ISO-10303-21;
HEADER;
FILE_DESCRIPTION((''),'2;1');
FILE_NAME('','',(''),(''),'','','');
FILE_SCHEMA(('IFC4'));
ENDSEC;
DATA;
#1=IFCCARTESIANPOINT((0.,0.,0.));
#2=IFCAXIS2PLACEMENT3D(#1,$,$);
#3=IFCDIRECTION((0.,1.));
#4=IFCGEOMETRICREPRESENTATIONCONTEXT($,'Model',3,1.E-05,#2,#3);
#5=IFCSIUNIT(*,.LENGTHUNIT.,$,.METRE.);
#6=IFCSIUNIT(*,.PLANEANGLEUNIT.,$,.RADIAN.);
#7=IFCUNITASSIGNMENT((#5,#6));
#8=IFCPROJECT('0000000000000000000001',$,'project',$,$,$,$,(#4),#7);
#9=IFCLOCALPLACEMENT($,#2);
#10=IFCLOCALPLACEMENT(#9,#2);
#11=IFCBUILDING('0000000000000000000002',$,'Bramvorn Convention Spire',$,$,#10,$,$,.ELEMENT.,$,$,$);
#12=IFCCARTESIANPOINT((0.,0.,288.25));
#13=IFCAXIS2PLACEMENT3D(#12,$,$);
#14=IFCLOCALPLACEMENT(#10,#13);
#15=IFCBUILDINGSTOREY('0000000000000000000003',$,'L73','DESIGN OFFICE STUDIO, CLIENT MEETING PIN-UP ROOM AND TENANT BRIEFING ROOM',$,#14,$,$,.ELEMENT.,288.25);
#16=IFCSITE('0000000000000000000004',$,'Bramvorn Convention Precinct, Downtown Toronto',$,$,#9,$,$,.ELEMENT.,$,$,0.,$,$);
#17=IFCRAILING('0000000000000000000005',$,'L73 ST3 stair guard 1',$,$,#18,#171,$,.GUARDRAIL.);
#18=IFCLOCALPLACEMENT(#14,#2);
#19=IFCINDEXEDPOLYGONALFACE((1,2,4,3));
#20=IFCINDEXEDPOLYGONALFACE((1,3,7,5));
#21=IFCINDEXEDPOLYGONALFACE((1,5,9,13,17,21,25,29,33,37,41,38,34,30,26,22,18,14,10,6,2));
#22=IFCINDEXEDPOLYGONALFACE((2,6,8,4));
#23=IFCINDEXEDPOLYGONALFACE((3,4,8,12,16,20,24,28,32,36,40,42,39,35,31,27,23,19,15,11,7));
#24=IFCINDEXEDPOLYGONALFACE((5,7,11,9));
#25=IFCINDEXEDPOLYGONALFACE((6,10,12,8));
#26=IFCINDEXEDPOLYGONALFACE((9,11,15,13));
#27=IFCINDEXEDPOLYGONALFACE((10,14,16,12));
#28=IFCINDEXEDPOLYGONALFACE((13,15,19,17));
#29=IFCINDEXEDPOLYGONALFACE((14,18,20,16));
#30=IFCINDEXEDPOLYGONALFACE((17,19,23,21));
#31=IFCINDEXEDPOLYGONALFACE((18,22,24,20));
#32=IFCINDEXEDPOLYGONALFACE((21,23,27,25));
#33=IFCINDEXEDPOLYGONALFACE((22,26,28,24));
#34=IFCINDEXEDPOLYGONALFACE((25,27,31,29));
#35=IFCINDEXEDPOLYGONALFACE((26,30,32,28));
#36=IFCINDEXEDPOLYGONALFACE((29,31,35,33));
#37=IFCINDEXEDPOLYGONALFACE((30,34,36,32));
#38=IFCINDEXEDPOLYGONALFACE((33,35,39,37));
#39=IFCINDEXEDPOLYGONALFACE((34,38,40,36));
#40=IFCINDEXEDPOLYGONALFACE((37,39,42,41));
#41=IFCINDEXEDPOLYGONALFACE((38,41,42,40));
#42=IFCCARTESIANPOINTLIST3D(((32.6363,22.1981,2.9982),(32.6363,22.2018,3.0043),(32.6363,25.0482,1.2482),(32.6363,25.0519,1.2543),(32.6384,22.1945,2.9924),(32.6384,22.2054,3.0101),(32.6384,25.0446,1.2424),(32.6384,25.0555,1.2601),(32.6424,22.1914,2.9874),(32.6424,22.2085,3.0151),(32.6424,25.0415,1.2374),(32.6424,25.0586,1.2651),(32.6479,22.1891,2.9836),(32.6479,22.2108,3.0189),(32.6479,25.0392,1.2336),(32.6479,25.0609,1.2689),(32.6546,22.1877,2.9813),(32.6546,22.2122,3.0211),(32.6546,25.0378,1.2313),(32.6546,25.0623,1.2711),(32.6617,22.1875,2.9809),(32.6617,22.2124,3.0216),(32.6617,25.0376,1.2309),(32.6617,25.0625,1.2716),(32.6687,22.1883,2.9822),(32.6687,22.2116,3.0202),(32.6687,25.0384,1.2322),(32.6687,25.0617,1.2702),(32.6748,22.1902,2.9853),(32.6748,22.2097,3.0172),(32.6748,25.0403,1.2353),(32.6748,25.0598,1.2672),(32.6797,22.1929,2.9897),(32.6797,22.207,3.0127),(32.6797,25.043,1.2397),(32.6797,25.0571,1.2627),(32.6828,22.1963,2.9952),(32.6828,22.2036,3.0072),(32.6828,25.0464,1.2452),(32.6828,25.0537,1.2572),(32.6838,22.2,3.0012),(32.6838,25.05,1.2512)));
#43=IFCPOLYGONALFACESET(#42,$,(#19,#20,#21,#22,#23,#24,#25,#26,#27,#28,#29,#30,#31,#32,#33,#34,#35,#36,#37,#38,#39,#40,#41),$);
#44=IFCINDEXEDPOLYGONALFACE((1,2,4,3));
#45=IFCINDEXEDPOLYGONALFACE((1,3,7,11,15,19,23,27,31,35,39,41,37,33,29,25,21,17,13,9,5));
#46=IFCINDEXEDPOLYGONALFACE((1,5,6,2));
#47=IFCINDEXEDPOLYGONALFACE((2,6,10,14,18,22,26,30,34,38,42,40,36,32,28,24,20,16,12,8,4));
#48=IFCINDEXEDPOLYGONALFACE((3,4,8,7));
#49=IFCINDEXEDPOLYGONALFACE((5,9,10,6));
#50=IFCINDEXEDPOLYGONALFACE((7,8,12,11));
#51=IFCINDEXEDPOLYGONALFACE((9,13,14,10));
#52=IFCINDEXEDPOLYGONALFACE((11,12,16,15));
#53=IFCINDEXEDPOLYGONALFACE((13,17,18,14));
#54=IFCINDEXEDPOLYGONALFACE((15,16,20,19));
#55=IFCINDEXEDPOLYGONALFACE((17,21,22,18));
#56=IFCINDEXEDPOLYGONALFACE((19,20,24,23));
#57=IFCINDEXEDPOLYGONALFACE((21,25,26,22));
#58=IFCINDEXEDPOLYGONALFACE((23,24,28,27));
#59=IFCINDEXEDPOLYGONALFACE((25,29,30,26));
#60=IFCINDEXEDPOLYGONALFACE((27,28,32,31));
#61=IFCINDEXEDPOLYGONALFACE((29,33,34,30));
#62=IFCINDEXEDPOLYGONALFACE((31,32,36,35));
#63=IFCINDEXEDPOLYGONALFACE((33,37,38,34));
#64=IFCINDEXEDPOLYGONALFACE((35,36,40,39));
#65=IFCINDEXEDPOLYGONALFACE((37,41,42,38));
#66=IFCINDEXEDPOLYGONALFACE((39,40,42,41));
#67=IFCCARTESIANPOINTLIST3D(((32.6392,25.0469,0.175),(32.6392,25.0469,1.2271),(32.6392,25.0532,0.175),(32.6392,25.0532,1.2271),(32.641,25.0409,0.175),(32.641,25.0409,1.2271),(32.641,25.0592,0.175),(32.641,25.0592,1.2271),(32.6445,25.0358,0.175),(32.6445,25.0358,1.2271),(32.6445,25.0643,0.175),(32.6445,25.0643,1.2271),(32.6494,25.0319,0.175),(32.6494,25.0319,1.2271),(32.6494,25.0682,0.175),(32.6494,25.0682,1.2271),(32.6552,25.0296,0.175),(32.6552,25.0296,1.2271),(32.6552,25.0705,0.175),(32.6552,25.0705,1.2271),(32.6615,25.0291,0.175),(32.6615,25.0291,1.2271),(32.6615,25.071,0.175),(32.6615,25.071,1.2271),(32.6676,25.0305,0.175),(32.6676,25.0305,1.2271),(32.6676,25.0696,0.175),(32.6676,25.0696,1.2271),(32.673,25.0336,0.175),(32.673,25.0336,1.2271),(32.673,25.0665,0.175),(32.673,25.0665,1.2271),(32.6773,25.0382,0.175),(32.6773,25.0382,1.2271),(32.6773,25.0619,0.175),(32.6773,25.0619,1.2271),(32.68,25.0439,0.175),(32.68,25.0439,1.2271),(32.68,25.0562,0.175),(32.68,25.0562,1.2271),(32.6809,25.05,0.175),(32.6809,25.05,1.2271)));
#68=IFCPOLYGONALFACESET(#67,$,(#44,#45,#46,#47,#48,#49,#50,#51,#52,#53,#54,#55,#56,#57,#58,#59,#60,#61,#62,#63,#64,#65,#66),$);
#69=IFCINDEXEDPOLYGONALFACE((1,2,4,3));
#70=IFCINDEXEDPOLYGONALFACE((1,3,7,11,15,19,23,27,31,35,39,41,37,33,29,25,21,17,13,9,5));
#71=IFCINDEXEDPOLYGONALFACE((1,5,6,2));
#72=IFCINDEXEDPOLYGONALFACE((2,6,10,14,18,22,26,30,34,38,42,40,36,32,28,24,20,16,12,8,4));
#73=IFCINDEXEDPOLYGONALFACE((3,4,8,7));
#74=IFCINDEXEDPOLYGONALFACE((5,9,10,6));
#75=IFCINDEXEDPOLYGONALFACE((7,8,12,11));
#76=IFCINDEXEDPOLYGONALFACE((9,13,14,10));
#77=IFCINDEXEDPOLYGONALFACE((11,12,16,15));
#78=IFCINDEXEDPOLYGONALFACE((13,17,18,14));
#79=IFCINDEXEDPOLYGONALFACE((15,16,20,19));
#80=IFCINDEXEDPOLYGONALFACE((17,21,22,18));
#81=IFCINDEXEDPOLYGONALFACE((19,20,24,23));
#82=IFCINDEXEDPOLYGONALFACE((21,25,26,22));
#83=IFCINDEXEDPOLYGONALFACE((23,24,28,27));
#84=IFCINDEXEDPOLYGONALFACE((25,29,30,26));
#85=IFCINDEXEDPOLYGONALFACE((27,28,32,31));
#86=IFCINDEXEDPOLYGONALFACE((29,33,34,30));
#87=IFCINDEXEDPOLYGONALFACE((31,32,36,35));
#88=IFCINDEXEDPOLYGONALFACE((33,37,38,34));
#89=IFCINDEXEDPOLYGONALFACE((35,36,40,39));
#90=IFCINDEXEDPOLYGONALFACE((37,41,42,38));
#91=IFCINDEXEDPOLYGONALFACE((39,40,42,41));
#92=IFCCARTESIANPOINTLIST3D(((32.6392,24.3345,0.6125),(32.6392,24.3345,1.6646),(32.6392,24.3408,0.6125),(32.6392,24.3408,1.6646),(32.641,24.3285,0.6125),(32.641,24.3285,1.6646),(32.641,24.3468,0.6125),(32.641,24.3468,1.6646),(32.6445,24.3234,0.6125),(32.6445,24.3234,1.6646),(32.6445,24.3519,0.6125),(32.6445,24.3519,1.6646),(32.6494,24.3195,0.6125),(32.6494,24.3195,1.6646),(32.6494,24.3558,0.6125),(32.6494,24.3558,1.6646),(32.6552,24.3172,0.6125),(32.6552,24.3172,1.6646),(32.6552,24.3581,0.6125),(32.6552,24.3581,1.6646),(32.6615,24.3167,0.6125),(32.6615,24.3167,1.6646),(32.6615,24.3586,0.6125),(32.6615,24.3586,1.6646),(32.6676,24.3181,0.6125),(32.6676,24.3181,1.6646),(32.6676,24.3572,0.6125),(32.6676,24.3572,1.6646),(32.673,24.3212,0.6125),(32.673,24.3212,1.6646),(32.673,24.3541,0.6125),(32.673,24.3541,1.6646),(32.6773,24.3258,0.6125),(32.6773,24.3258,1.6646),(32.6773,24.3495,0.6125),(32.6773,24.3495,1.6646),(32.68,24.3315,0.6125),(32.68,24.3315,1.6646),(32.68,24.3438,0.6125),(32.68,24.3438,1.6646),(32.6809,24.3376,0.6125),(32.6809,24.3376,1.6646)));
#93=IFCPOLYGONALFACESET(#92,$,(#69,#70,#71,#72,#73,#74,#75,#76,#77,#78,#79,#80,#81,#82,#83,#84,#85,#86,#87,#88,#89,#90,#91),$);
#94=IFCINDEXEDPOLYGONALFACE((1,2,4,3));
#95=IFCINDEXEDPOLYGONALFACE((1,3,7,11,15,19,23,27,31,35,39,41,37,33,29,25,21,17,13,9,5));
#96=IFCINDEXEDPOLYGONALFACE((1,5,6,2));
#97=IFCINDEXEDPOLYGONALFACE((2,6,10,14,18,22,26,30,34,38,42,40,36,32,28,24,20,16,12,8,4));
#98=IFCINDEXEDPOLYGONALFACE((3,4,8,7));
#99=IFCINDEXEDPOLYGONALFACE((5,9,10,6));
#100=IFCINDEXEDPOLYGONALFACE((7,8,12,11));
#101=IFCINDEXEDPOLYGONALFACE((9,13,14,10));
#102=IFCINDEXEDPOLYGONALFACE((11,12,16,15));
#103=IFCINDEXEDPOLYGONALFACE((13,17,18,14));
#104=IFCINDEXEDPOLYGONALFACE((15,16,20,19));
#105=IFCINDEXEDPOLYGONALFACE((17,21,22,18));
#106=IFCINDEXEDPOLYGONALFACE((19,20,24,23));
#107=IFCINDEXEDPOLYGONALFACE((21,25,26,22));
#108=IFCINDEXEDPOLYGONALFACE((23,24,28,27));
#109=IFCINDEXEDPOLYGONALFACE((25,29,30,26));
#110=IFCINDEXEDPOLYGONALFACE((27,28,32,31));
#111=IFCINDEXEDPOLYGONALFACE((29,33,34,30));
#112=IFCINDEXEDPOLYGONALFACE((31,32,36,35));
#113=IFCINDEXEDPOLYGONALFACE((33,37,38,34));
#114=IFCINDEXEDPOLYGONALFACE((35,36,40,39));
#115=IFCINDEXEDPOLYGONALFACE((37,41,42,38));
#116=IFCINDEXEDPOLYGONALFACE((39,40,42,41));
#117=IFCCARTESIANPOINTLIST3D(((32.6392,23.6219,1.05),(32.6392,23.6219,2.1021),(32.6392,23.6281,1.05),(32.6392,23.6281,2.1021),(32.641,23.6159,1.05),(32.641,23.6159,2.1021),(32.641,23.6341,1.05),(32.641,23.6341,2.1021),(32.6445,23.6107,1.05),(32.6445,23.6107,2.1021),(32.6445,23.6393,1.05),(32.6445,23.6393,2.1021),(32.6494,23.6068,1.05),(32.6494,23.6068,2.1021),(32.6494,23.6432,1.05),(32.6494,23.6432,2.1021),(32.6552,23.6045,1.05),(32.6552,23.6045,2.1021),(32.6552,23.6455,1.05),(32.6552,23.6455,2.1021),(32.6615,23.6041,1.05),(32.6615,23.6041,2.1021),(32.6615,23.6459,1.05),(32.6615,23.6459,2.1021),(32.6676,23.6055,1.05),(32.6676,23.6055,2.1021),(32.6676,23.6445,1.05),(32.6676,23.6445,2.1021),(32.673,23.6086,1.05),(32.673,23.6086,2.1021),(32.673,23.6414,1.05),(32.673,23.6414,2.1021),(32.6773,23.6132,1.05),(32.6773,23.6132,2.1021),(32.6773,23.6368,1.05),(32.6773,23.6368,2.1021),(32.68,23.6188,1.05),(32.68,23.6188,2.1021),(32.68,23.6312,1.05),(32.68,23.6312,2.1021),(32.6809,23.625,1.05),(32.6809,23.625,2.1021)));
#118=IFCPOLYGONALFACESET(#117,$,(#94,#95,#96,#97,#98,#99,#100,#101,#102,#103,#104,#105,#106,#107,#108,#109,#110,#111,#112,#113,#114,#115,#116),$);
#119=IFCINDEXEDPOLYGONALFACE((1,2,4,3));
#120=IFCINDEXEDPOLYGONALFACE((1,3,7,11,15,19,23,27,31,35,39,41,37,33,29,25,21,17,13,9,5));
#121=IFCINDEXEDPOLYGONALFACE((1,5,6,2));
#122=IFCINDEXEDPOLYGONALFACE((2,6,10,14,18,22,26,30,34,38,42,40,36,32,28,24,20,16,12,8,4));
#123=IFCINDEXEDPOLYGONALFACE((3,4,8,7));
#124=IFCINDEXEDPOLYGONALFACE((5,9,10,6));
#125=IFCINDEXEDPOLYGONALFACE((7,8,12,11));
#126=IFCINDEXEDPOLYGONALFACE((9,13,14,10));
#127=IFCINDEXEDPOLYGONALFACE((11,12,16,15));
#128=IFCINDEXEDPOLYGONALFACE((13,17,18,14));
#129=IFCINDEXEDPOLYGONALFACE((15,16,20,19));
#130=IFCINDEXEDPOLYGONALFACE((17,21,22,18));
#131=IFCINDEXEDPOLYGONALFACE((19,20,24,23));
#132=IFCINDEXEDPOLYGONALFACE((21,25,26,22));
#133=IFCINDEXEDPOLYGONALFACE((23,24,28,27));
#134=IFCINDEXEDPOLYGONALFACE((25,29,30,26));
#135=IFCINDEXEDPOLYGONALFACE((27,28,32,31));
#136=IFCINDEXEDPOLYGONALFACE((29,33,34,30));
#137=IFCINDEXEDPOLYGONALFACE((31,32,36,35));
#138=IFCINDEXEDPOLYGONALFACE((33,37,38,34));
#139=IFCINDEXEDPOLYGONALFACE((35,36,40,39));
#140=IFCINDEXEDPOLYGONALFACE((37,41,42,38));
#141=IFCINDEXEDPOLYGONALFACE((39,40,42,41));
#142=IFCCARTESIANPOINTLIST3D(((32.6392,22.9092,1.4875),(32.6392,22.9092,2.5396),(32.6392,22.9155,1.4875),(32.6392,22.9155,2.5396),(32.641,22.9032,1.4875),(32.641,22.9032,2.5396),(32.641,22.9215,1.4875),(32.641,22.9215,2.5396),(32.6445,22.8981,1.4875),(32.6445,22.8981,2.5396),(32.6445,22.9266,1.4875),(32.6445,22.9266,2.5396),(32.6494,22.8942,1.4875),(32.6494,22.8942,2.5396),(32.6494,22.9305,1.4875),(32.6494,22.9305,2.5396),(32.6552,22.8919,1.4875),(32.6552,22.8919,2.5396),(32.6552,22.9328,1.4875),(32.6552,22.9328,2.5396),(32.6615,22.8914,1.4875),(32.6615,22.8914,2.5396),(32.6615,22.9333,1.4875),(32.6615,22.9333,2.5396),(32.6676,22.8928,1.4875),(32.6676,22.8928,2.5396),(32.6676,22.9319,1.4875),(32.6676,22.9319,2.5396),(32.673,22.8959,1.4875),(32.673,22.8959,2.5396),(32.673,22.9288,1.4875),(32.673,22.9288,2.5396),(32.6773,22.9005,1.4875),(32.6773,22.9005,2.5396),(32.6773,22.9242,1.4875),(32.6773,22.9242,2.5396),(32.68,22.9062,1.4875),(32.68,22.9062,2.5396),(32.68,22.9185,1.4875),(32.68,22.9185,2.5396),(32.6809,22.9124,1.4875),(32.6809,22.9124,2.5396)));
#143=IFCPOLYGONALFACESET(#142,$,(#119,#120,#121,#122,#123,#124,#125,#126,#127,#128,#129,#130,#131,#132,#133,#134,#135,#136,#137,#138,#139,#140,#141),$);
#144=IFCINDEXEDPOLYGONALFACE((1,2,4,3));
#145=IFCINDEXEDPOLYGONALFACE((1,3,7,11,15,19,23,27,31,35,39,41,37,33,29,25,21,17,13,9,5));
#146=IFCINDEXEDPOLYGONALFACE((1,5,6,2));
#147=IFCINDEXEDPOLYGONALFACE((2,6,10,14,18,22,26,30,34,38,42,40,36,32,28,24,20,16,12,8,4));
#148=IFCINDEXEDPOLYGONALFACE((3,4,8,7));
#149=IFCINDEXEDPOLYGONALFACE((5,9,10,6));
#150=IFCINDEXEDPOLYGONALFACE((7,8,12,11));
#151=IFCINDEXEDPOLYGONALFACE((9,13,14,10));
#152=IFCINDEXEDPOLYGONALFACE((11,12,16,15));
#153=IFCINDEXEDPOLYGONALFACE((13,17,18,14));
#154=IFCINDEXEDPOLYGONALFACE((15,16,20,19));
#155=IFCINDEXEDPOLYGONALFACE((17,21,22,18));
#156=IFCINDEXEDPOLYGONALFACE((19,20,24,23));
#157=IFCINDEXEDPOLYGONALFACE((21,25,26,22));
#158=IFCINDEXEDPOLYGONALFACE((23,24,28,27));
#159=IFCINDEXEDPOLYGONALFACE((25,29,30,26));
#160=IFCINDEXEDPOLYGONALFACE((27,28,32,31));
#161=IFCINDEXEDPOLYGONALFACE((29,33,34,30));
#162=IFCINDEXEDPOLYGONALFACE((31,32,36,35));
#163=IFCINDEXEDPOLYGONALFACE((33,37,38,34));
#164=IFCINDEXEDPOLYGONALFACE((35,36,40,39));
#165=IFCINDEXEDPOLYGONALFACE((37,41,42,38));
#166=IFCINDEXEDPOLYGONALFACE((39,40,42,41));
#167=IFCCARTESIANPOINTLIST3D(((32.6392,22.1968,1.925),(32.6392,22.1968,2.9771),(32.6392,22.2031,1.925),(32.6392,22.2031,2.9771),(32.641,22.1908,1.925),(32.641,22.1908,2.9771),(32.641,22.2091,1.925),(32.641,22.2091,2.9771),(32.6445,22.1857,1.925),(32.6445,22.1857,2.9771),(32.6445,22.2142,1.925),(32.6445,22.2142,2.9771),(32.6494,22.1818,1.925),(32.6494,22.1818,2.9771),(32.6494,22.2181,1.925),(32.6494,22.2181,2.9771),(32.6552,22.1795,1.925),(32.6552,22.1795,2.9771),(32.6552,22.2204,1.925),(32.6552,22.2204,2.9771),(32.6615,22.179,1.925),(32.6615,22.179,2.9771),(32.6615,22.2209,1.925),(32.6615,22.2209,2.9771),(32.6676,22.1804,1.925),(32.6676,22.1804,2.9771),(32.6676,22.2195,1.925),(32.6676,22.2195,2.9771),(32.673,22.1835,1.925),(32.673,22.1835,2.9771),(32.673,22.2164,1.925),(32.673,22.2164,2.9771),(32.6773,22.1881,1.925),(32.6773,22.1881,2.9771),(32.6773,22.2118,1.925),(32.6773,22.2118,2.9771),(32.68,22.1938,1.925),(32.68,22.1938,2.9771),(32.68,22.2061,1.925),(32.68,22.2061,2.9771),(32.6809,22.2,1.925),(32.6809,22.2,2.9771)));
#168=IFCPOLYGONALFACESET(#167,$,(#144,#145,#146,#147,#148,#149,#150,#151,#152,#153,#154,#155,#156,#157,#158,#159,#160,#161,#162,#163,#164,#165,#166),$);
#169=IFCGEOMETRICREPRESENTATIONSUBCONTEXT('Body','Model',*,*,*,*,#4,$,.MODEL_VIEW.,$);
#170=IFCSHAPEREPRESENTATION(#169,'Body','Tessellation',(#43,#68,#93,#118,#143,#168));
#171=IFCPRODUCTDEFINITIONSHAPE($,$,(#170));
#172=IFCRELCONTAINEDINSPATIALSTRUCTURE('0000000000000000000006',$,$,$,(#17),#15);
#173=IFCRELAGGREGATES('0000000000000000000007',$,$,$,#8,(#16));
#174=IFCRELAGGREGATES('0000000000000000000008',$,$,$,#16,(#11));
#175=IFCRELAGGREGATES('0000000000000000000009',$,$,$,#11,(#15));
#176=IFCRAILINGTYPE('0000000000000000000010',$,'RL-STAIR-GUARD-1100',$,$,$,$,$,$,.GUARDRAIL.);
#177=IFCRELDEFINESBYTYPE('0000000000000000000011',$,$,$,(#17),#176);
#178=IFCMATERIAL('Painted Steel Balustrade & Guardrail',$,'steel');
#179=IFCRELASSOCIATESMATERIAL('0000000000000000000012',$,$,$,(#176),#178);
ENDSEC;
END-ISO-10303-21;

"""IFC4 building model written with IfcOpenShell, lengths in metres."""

from ifc_helpers import new_model, si_unit, direction, frame, origin, origin_2d, place, context, subcontext, project, spatial, circle, extrude, material, type_object, element, save


model = new_model("IFC4")

# Units and contexts
model_context = context("Model", 3, precision=1e-05, world=origin(), true_north=direction((0.0, 1.0)))
body_context = subcontext(model_context, "Body", "Model", "MODEL_VIEW")
ifc_project = project(units=[si_unit("LENGTHUNIT", "METRE"), si_unit("PLANEANGLEUNIT", "RADIAN")], contexts=[model_context])

# Site, building, storey
site_placement = place(None, origin())
site = spatial("IfcSite", under=ifc_project, at=site_placement, Name="Bramvorn Convention Precinct, Downtown Toronto", CompositionType="ELEMENT", RefElevation=0.0)
building_placement = place(site_placement, origin())
building = spatial("IfcBuilding", under=site, at=building_placement, Name="Bramvorn Convention Spire", CompositionType="ELEMENT")
storey_placement = place(building_placement, frame((0.0, 0.0, 288.25)))
storey = spatial("IfcBuildingStorey", under=building, at=storey_placement, Name="L73", Description="DESIGN OFFICE STUDIO, CLIENT MEETING PIN-UP ROOM AND TENANT BRIEFING ROOM", CompositionType="ELEMENT", Elevation=288.25)

# Railing
ifc_material_1 = material(Name="Painted Steel Balustrade & Guardrail", Category="steel")
railing_type_1 = type_object("IfcRailingType", Name="RL-STAIR-GUARD-1100", PredefinedType="GUARDRAIL", material=ifc_material_1)
railing_1_placement = place(storey_placement, frame((32.6599, 25.05, 0.175)))
element("IfcRailing", 1, at=railing_1_placement, inside=storey, type_object=railing_type_1, Name="L73 ST3 stair guard 1", PredefinedType="GUARDRAIL", context=body_context, shape_type="SweptSolid", body=[
    extrude(circle(Radius=0.0239, at=origin_2d()), frame((0.0, 0.0, 1.0762), z_axis=(0.0, -0.852179, 0.52325), x_axis=(1.0, 0.0, 0.0)), (0.0, 0.0, 1.0), 3.3445),
    extrude(circle(Radius=0.021, at=origin_2d()), origin(), (0.0, 0.0, 1.0), 1.052),
    extrude(circle(Radius=0.021, at=origin_2d()), frame((0.0, -0.7124, 0.4375)), (0.0, 0.0, 1.0), 1.052),
    extrude(circle(Radius=0.021, at=origin_2d()), frame((0.0, -1.425, 0.875)), (0.0, 0.0, 1.0), 1.052),
    extrude(circle(Radius=0.021, at=origin_2d()), frame((0.0, -2.1377, 1.3125)), (0.0, 0.0, 1.0), 1.052),
    extrude(circle(Radius=0.021, at=origin_2d()), frame((0.0, -2.8501, 1.75)), (0.0, 0.0, 1.0), 1.052),
])

save(model, "model.ifc")
